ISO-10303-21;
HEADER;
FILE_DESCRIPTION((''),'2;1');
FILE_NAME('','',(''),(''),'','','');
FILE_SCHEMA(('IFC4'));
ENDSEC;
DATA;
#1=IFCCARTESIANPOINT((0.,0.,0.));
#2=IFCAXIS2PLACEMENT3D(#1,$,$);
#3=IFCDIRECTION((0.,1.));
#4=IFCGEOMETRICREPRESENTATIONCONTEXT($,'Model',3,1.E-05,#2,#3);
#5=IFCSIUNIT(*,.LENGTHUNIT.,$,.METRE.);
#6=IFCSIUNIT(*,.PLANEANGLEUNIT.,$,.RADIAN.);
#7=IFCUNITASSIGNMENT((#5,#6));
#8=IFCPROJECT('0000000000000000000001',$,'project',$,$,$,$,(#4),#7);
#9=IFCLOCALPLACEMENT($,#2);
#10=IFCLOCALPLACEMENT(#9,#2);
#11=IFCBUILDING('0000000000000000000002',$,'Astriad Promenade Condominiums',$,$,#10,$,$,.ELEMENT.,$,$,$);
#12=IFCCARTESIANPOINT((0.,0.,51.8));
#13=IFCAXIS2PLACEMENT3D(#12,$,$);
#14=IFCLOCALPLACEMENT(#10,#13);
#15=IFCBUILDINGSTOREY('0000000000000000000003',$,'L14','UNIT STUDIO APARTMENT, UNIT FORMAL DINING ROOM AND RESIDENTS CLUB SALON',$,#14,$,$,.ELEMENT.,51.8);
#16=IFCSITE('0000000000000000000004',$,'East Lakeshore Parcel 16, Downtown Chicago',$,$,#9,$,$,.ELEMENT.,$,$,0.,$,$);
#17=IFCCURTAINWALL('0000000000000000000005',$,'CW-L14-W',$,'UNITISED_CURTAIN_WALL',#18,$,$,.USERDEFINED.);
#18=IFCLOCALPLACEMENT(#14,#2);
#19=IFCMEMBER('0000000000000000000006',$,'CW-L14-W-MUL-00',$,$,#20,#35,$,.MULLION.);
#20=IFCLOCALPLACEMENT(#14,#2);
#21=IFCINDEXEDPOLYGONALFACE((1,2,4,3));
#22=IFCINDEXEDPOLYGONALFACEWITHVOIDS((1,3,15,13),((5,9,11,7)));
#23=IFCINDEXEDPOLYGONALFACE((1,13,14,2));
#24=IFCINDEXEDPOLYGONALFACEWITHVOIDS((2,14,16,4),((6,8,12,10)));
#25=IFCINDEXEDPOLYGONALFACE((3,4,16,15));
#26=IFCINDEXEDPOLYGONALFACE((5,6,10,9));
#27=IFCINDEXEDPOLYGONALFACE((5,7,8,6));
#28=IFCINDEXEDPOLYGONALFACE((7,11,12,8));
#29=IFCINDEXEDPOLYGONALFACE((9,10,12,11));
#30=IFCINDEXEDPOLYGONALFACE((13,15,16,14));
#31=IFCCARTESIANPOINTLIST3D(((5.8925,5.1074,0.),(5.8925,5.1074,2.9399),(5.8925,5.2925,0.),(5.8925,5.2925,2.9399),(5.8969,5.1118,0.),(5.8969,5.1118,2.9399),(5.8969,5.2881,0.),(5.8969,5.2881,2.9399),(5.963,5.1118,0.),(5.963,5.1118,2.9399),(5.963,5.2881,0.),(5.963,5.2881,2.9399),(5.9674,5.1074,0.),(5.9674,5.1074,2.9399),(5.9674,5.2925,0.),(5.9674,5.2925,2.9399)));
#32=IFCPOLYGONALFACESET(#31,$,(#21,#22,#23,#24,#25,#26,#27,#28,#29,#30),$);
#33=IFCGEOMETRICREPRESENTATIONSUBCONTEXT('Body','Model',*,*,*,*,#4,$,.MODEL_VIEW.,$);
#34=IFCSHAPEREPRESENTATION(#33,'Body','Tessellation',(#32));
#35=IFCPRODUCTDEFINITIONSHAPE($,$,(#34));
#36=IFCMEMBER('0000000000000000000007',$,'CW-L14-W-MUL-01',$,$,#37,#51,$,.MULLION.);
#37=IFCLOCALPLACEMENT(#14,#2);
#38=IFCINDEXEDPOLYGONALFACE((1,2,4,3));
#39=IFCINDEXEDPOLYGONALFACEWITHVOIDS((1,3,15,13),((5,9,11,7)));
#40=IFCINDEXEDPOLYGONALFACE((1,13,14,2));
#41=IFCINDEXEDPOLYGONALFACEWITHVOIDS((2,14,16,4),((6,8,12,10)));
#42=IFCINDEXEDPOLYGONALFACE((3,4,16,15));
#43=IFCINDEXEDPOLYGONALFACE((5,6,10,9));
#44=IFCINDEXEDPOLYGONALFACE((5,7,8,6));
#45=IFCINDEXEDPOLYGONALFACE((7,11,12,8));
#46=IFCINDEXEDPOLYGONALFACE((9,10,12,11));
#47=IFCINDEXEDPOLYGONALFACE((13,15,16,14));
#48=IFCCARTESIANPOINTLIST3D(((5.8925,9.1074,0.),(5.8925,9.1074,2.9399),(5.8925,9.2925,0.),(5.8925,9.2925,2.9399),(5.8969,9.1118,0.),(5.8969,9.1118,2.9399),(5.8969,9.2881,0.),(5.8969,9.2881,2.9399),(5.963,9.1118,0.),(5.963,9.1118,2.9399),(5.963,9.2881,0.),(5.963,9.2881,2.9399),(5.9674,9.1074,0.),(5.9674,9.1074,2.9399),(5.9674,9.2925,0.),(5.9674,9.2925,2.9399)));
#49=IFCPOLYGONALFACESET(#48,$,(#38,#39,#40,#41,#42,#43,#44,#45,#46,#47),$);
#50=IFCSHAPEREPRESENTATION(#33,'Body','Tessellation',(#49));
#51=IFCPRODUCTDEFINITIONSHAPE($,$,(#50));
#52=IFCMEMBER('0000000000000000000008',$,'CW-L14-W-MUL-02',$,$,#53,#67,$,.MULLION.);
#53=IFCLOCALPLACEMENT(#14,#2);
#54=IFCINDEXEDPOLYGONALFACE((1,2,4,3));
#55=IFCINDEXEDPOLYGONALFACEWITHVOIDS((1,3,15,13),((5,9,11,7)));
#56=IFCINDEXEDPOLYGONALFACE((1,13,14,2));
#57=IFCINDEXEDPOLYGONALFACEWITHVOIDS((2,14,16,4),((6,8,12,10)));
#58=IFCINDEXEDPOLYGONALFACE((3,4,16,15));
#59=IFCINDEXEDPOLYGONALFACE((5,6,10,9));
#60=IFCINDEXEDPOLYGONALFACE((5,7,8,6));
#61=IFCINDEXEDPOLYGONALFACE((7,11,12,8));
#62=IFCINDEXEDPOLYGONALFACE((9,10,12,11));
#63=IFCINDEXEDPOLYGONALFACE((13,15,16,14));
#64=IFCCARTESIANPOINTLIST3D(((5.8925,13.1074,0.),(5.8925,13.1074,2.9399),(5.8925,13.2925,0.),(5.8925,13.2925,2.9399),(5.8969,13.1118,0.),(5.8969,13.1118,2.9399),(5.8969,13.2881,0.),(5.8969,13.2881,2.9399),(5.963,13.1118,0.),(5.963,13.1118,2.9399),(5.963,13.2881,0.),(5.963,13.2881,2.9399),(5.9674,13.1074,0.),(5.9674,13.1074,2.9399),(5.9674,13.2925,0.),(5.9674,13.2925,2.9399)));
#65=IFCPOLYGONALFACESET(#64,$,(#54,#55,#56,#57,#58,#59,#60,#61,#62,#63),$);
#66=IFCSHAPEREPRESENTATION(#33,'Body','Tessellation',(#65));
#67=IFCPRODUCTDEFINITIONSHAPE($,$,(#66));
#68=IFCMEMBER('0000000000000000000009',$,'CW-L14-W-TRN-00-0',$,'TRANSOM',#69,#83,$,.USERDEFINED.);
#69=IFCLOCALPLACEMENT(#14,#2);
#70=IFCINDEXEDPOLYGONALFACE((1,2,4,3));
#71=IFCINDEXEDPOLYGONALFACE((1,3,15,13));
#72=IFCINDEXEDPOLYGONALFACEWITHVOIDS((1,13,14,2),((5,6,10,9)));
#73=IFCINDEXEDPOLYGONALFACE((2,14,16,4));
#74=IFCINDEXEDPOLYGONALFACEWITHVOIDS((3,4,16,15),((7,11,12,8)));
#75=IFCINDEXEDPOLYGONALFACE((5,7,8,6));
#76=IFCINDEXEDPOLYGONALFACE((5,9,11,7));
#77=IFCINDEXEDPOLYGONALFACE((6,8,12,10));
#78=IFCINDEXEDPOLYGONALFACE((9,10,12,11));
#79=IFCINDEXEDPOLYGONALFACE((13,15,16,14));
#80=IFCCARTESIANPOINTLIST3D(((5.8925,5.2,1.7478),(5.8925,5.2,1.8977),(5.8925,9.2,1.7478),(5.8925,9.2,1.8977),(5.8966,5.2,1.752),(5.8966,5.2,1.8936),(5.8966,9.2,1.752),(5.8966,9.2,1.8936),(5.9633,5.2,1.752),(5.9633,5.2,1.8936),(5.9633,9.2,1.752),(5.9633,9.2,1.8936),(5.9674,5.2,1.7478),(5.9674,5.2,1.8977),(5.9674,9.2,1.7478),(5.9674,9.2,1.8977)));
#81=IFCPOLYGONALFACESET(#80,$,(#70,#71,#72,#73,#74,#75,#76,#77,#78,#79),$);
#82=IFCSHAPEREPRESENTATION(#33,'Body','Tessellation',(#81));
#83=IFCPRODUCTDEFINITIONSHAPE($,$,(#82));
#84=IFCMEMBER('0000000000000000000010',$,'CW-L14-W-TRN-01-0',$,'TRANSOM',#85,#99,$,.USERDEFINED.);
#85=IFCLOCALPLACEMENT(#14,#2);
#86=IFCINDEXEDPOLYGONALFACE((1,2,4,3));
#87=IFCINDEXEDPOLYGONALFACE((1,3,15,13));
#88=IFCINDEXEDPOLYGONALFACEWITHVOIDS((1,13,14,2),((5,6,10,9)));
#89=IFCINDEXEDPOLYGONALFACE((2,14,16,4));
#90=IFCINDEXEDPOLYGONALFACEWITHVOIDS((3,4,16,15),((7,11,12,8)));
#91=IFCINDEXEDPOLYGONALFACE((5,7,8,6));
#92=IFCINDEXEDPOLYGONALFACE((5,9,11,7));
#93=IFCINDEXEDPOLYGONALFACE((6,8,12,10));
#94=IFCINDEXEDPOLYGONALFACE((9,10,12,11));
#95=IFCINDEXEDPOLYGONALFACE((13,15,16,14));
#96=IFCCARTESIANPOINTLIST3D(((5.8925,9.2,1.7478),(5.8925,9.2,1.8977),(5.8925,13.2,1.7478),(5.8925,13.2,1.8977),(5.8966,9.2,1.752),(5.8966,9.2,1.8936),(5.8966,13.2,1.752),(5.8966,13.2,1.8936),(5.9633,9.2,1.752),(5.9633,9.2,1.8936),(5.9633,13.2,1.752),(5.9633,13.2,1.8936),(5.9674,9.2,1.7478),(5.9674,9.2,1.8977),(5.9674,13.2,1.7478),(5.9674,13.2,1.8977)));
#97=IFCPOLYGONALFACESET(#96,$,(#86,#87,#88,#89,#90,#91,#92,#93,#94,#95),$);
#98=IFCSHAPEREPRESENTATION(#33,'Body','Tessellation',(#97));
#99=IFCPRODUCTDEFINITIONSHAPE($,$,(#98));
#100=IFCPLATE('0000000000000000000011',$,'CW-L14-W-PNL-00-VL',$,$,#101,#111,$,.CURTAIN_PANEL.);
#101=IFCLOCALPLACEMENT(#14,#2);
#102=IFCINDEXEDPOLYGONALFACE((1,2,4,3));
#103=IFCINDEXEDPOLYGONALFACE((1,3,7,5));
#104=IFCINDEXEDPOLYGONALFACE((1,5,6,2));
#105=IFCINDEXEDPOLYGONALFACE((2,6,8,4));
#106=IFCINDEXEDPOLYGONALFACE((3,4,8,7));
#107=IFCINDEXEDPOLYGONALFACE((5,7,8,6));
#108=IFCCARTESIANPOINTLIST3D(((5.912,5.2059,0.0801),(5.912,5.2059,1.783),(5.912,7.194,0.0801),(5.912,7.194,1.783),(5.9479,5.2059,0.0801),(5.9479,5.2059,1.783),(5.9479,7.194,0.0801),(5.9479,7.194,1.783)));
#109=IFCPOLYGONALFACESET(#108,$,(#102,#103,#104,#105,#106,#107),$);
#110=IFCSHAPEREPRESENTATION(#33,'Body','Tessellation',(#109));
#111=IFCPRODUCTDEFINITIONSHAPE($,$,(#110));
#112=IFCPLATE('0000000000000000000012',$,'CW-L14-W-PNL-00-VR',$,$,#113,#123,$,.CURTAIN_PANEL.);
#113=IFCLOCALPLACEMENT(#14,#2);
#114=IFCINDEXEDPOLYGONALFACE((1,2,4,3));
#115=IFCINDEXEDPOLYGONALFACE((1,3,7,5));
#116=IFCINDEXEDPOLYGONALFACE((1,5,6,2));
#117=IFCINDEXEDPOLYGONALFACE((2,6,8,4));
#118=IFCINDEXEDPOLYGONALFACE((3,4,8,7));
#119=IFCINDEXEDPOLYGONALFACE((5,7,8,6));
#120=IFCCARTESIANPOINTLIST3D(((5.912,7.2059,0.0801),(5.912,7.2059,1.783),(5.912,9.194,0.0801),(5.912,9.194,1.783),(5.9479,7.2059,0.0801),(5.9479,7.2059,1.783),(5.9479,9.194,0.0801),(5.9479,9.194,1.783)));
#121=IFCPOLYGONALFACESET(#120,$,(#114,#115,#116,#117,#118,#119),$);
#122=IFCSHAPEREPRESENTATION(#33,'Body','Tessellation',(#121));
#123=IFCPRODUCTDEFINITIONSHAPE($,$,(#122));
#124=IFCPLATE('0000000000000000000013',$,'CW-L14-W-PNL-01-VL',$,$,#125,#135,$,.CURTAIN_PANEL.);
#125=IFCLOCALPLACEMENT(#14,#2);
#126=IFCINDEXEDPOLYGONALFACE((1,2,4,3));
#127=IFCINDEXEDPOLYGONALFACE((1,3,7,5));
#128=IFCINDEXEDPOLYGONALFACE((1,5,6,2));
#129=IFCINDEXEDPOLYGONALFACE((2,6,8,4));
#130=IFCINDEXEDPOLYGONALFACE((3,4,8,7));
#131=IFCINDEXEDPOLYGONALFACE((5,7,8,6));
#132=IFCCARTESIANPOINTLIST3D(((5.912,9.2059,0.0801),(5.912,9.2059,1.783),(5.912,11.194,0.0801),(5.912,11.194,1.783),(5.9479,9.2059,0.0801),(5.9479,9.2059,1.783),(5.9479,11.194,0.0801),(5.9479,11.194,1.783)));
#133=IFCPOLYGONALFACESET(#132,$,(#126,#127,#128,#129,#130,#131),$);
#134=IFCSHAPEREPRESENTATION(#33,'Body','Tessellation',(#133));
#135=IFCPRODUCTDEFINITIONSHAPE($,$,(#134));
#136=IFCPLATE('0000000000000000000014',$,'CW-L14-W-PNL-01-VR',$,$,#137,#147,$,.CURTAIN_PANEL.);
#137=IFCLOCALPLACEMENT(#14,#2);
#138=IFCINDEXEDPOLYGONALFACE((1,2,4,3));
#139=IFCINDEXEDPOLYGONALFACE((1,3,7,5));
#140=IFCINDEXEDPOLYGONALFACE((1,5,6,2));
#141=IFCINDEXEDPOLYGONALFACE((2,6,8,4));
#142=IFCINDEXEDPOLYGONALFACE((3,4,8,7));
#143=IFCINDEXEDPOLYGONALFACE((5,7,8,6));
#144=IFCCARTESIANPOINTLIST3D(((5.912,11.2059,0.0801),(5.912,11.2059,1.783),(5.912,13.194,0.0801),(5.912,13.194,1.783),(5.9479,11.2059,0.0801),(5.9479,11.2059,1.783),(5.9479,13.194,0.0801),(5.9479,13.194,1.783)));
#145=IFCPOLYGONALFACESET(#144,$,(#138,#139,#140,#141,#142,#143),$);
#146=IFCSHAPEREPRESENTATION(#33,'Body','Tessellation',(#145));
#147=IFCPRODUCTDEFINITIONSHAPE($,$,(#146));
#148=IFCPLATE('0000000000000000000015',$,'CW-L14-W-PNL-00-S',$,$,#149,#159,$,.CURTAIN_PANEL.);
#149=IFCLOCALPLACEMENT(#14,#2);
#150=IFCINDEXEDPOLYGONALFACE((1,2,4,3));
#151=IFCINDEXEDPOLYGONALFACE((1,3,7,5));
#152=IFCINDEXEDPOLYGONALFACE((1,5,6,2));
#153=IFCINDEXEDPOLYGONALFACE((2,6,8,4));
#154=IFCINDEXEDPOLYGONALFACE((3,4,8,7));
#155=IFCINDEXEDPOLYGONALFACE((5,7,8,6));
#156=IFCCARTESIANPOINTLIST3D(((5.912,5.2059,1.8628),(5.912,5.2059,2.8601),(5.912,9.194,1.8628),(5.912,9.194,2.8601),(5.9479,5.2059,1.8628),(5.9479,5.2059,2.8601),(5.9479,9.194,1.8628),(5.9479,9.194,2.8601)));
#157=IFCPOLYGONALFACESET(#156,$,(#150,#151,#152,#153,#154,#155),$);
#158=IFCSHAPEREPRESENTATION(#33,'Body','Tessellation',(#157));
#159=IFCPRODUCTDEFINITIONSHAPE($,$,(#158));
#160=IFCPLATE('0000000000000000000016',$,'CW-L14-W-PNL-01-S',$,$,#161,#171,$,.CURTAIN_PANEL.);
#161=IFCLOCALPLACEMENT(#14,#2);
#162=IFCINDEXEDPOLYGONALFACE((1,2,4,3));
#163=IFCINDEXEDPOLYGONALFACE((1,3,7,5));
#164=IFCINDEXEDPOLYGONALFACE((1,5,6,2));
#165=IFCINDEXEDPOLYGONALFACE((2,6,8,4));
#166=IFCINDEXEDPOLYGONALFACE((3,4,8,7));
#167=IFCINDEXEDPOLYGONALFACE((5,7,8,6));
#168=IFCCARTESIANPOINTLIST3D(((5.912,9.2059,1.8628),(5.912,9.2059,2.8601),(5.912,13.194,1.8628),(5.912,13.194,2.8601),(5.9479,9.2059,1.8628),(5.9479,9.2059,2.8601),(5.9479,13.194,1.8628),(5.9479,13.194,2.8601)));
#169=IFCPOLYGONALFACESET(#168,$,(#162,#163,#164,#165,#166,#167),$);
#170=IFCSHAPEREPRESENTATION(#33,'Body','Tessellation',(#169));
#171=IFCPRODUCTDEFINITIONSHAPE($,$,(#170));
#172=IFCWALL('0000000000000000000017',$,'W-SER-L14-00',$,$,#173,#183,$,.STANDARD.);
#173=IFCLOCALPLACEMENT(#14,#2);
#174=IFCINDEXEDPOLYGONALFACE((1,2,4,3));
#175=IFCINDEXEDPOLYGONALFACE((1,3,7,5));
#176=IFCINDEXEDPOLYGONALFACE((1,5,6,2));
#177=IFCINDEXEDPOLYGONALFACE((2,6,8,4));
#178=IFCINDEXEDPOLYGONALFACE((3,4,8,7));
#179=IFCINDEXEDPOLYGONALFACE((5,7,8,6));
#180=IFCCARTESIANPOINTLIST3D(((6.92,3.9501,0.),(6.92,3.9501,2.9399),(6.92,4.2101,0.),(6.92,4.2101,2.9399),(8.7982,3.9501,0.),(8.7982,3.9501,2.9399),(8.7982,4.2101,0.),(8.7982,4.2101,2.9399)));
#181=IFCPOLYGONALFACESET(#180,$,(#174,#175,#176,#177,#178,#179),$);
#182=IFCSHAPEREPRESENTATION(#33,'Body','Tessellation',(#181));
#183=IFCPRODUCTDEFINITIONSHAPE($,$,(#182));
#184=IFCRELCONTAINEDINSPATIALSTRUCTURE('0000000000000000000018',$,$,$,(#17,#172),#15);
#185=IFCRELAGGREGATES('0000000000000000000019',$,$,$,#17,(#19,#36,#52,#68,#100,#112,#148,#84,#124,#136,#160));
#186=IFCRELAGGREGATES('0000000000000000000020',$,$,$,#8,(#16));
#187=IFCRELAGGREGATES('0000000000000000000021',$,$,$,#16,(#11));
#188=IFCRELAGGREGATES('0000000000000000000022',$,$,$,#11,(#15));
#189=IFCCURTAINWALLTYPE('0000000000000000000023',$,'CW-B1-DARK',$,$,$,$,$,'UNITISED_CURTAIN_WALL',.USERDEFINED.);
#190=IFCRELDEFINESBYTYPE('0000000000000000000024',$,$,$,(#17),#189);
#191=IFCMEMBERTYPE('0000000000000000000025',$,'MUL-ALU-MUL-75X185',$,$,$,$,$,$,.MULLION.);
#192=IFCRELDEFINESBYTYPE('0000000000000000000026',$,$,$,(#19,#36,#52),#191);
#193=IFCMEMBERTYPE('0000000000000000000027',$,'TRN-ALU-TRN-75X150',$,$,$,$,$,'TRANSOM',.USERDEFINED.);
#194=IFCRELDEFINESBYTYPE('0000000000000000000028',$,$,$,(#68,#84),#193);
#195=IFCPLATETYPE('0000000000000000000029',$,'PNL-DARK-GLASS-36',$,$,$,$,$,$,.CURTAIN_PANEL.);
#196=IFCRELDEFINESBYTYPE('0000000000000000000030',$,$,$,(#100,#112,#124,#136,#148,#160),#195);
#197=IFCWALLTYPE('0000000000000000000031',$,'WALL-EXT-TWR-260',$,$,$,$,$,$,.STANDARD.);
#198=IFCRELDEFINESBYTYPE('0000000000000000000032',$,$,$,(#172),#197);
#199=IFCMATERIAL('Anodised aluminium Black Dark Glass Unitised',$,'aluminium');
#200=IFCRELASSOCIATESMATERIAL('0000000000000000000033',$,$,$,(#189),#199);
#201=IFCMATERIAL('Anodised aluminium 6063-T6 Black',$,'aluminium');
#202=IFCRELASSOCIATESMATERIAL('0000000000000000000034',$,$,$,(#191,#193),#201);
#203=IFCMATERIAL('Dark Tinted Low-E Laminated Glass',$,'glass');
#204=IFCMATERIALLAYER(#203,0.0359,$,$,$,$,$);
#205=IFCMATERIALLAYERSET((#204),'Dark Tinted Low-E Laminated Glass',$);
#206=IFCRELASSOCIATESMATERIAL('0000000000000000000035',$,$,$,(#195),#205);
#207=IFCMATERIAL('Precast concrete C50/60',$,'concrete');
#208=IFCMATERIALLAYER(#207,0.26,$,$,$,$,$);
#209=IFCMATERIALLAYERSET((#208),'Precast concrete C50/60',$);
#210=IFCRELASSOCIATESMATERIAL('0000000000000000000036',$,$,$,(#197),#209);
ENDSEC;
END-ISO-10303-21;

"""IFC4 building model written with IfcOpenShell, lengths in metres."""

from ifc_helpers import new_model, si_unit, direction, frame, frame_2d, origin, origin_2d, place, context, subcontext, project, spatial, rectangle, hollow_rectangle, extrude, source, transform, mapped, material, layer, layer_set, material_profile, profile_set, type_object, type_shapes, element, aggregate, save


model = new_model("IFC4")

# Units and contexts
model_context = context("Model", 3, precision=1e-05, world=origin(), true_north=direction((0.0, 1.0)))
body_context = subcontext(model_context, "Body", "Model", "MODEL_VIEW")
ifc_project = project(units=[si_unit("LENGTHUNIT", "METRE"), si_unit("PLANEANGLEUNIT", "RADIAN")], contexts=[model_context])

# Site, building, storey
site_placement = place(None, origin())
site = spatial("IfcSite", under=ifc_project, at=site_placement, Name="East Lakeshore Parcel 16, Downtown Chicago", CompositionType="ELEMENT", RefElevation=0.0)
building_placement = place(site_placement, origin())
building = spatial("IfcBuilding", under=site, at=building_placement, Name="Astriad Promenade Condominiums", CompositionType="ELEMENT")
storey_placement = place(building_placement, frame((0.0, 0.0, 51.8)))
storey = spatial("IfcBuildingStorey", under=building, at=storey_placement, Name="L14", Description="UNIT STUDIO APARTMENT, UNIT FORMAL DINING ROOM AND RESIDENTS CLUB SALON", CompositionType="ELEMENT", Elevation=51.8)

# Curtain wall, members, plates
ifc_material_1 = material(Name="Anodised aluminium Black Dark Glass Unitised", Category="aluminium")
curtain_wall_type = type_object("IfcCurtainWallType", Name="CW-B1-DARK", ElementType="UNITISED_CURTAIN_WALL", PredefinedType="USERDEFINED", material=ifc_material_1)
curtain_wall_placement = place(storey_placement, origin())
curtain_wall = element("IfcCurtainWall", 1, at=curtain_wall_placement, inside=storey, type_object=curtain_wall_type, Name="CW-L14-W", ObjectType="UNITISED_CURTAIN_WALL", PredefinedType="USERDEFINED")
ifc_material_2 = material(Name="Anodised aluminium 6063-T6 Black", Category="aluminium")
ifc_material_profile_1 = material_profile(ifc_material_2, hollow_rectangle(XDim=0.075, YDim=0.1851, WallThickness=0.0044, at=origin_2d()), Name="ALU-MUL-75X185")
ifc_profile_set_1 = profile_set([ifc_material_profile_1], Name="Anodised aluminium 6063-T6 Black")
member_type_1 = type_object("IfcMemberType", Name="MUL-ALU-MUL-75X185", PredefinedType="MULLION", material=ifc_profile_set_1)
shared_shape_1 = source(origin(), body_context, "Body", "SweptSolid", [
    extrude(hollow_rectangle(XDim=0.075, YDim=0.1851, WallThickness=0.0044, at=origin_2d()), origin(), (0.0, 0.0, 1.0), 2.9399),
])
type_shapes(member_type_1, [shared_shape_1])
member_1_placement = place(storey_placement, frame((5.9299, 5.2, 0.0), z_axis=(0.0, 0.0, 1.0), x_axis=(1.0, 0.0, 0.0)))
member_1 = element("IfcMember", 2, at=member_1_placement, type_object=member_type_1, Name="CW-L14-W-MUL-00", PredefinedType="MULLION", context=body_context, shape_type="MappedRepresentation", body=[
    mapped(shared_shape_1, transform((0.0, 0.0, 0.0), scale=1.0)),
])
member_2_placement = place(storey_placement, frame((5.9299, 9.2, 0.0), z_axis=(0.0, 0.0, 1.0), x_axis=(1.0, 0.0, 0.0)))
member_2 = element("IfcMember", 3, at=member_2_placement, type_object=member_type_1, Name="CW-L14-W-MUL-01", PredefinedType="MULLION", context=body_context, shape_type="MappedRepresentation", body=[
    mapped(shared_shape_1, transform((0.0, 0.0, 0.0), scale=1.0)),
])
member_3_placement = place(storey_placement, frame((5.9299, 13.2, 0.0), z_axis=(0.0, 0.0, 1.0), x_axis=(1.0, 0.0, 0.0)))
member_3 = element("IfcMember", 4, at=member_3_placement, type_object=member_type_1, Name="CW-L14-W-MUL-02", PredefinedType="MULLION", context=body_context, shape_type="MappedRepresentation", body=[
    mapped(shared_shape_1, transform((0.0, 0.0, 0.0), scale=1.0)),
])
ifc_material_profile_2 = material_profile(ifc_material_2, hollow_rectangle(XDim=0.075, YDim=0.1499, WallThickness=0.0042, at=origin_2d()), Name="ALU-TRN-75X150")
ifc_profile_set_2 = profile_set([ifc_material_profile_2], Name="Anodised aluminium 6063-T6 Black")
member_type_2 = type_object("IfcMemberType", Name="TRN-ALU-TRN-75X150", ElementType="TRANSOM", PredefinedType="USERDEFINED", material=ifc_profile_set_2)
shared_shape_2 = source(origin(), body_context, "Body", "SweptSolid", [
    extrude(hollow_rectangle(XDim=0.075, YDim=0.1499, WallThickness=0.0042, at=origin_2d()), origin(), (0.0, 0.0, 1.0), 4.0),
])
type_shapes(member_type_2, [shared_shape_2])
member_4_placement = place(storey_placement, frame((5.9299, 5.2, 1.8228), z_axis=(0.0, 1.0, 0.0), x_axis=(-1.0, 0.0, 0.0)))
member_4 = element("IfcMember", 5, at=member_4_placement, type_object=member_type_2, Name="CW-L14-W-TRN-00-0", ObjectType="TRANSOM", PredefinedType="USERDEFINED", context=body_context, shape_type="MappedRepresentation", body=[
    mapped(shared_shape_2, transform((0.0, 0.0, 0.0), scale=1.0)),
])
member_5_placement = place(storey_placement, frame((5.9299, 9.2, 1.8228), z_axis=(0.0, 1.0, 0.0), x_axis=(-1.0, 0.0, 0.0)))
member_5 = element("IfcMember", 6, at=member_5_placement, type_object=member_type_2, Name="CW-L14-W-TRN-01-0", ObjectType="TRANSOM", PredefinedType="USERDEFINED", context=body_context, shape_type="MappedRepresentation", body=[
    mapped(shared_shape_2, transform((0.0, 0.0, 0.0), scale=1.0)),
])
ifc_material_3 = material(Name="Dark Tinted Low-E Laminated Glass", Category="glass")
ifc_layer_1 = layer(ifc_material_3, 0.0359)
ifc_layer_set_1 = layer_set([ifc_layer_1], Name="Dark Tinted Low-E Laminated Glass")
plate_type = type_object("IfcPlateType", Name="PNL-DARK-GLASS-36", PredefinedType="CURTAIN_PANEL", material=ifc_layer_set_1)
shared_shape_3 = source(origin(), body_context, "Body", "SweptSolid", [
    extrude(rectangle(XDim=1.988, YDim=0.0359, at=origin_2d()), origin(), (0.0, 0.0, 1.0), 1.7029),
])
plate_1_placement = place(storey_placement, frame((5.9299, 6.2, 0.0801), z_axis=(0.0, 0.0, 1.0), x_axis=(0.0, 1.0, 0.0)))
plate_1 = element("IfcPlate", 7, at=plate_1_placement, type_object=plate_type, Name="CW-L14-W-PNL-00-VL", PredefinedType="CURTAIN_PANEL", context=body_context, shape_type="MappedRepresentation", body=[
    mapped(shared_shape_3, transform((0.0, 0.0, 0.0), scale=1.0)),
])
plate_2_placement = place(storey_placement, frame((5.9299, 8.2, 0.0801), z_axis=(0.0, 0.0, 1.0), x_axis=(0.0, 1.0, 0.0)))
plate_2 = element("IfcPlate", 8, at=plate_2_placement, type_object=plate_type, Name="CW-L14-W-PNL-00-VR", PredefinedType="CURTAIN_PANEL", context=body_context, shape_type="MappedRepresentation", body=[
    mapped(shared_shape_3, transform((0.0, 0.0, 0.0), scale=1.0)),
])
plate_3_placement = place(storey_placement, frame((5.9299, 10.2, 0.0801), z_axis=(0.0, 0.0, 1.0), x_axis=(0.0, 1.0, 0.0)))
plate_3 = element("IfcPlate", 9, at=plate_3_placement, type_object=plate_type, Name="CW-L14-W-PNL-01-VL", PredefinedType="CURTAIN_PANEL", context=body_context, shape_type="MappedRepresentation", body=[
    mapped(shared_shape_3, transform((0.0, 0.0, 0.0), scale=1.0)),
])
plate_4_placement = place(storey_placement, frame((5.9299, 12.2, 0.0801), z_axis=(0.0, 0.0, 1.0), x_axis=(0.0, 1.0, 0.0)))
plate_4 = element("IfcPlate", 10, at=plate_4_placement, type_object=plate_type, Name="CW-L14-W-PNL-01-VR", PredefinedType="CURTAIN_PANEL", context=body_context, shape_type="MappedRepresentation", body=[
    mapped(shared_shape_3, transform((0.0, 0.0, 0.0), scale=1.0)),
])
shared_shape_4 = source(origin(), body_context, "Body", "SweptSolid", [
    extrude(rectangle(XDim=3.988, YDim=0.0359, at=origin_2d()), origin(), (0.0, 0.0, 1.0), 0.9973),
])
type_shapes(plate_type, [shared_shape_3, shared_shape_4])
plate_5_placement = place(storey_placement, frame((5.9299, 7.2, 1.8628), z_axis=(0.0, 0.0, 1.0), x_axis=(0.0, 1.0, 0.0)))
plate_5 = element("IfcPlate", 11, at=plate_5_placement, type_object=plate_type, Name="CW-L14-W-PNL-00-S", PredefinedType="CURTAIN_PANEL", context=body_context, shape_type="MappedRepresentation", body=[
    mapped(shared_shape_4, transform((0.0, 0.0, 0.0), scale=1.0)),
])
plate_6_placement = place(storey_placement, frame((5.9299, 11.2, 1.8628), z_axis=(0.0, 0.0, 1.0), x_axis=(0.0, 1.0, 0.0)))
plate_6 = element("IfcPlate", 12, at=plate_6_placement, type_object=plate_type, Name="CW-L14-W-PNL-01-S", PredefinedType="CURTAIN_PANEL", context=body_context, shape_type="MappedRepresentation", body=[
    mapped(shared_shape_4, transform((0.0, 0.0, 0.0), scale=1.0)),
])
aggregate(curtain_wall, [member_1, member_2, member_3, member_4, plate_1, plate_2, plate_5, member_5, plate_3, plate_4, plate_6])

# Wall
ifc_material_4 = material(Name="Precast concrete C50/60", Category="concrete")
ifc_layer_2 = layer(ifc_material_4, 0.26)
ifc_layer_set_2 = layer_set([ifc_layer_2], Name="Precast concrete C50/60")
wall_type_1 = type_object("IfcWallType", Name="WALL-EXT-TWR-260", PredefinedType="STANDARD", material=ifc_layer_set_2)
wall_1_placement = place(storey_placement, frame((8.7981, 4.0801, 0.0), z_axis=(0.0, 0.0, 1.0), x_axis=(-1.0, 0.0, 0.0)))
element("IfcWall", 13, at=wall_1_placement, inside=storey, type_object=wall_type_1, Name="W-SER-L14-00", PredefinedType="STANDARD", context=body_context, shape_type="SweptSolid", body=[
    extrude(rectangle(XDim=1.8782, YDim=0.26, at=frame_2d((0.939, 0.0))), origin(), (0.0, 0.0, 1.0), 2.9399),
])

save(model, "model.ifc")
